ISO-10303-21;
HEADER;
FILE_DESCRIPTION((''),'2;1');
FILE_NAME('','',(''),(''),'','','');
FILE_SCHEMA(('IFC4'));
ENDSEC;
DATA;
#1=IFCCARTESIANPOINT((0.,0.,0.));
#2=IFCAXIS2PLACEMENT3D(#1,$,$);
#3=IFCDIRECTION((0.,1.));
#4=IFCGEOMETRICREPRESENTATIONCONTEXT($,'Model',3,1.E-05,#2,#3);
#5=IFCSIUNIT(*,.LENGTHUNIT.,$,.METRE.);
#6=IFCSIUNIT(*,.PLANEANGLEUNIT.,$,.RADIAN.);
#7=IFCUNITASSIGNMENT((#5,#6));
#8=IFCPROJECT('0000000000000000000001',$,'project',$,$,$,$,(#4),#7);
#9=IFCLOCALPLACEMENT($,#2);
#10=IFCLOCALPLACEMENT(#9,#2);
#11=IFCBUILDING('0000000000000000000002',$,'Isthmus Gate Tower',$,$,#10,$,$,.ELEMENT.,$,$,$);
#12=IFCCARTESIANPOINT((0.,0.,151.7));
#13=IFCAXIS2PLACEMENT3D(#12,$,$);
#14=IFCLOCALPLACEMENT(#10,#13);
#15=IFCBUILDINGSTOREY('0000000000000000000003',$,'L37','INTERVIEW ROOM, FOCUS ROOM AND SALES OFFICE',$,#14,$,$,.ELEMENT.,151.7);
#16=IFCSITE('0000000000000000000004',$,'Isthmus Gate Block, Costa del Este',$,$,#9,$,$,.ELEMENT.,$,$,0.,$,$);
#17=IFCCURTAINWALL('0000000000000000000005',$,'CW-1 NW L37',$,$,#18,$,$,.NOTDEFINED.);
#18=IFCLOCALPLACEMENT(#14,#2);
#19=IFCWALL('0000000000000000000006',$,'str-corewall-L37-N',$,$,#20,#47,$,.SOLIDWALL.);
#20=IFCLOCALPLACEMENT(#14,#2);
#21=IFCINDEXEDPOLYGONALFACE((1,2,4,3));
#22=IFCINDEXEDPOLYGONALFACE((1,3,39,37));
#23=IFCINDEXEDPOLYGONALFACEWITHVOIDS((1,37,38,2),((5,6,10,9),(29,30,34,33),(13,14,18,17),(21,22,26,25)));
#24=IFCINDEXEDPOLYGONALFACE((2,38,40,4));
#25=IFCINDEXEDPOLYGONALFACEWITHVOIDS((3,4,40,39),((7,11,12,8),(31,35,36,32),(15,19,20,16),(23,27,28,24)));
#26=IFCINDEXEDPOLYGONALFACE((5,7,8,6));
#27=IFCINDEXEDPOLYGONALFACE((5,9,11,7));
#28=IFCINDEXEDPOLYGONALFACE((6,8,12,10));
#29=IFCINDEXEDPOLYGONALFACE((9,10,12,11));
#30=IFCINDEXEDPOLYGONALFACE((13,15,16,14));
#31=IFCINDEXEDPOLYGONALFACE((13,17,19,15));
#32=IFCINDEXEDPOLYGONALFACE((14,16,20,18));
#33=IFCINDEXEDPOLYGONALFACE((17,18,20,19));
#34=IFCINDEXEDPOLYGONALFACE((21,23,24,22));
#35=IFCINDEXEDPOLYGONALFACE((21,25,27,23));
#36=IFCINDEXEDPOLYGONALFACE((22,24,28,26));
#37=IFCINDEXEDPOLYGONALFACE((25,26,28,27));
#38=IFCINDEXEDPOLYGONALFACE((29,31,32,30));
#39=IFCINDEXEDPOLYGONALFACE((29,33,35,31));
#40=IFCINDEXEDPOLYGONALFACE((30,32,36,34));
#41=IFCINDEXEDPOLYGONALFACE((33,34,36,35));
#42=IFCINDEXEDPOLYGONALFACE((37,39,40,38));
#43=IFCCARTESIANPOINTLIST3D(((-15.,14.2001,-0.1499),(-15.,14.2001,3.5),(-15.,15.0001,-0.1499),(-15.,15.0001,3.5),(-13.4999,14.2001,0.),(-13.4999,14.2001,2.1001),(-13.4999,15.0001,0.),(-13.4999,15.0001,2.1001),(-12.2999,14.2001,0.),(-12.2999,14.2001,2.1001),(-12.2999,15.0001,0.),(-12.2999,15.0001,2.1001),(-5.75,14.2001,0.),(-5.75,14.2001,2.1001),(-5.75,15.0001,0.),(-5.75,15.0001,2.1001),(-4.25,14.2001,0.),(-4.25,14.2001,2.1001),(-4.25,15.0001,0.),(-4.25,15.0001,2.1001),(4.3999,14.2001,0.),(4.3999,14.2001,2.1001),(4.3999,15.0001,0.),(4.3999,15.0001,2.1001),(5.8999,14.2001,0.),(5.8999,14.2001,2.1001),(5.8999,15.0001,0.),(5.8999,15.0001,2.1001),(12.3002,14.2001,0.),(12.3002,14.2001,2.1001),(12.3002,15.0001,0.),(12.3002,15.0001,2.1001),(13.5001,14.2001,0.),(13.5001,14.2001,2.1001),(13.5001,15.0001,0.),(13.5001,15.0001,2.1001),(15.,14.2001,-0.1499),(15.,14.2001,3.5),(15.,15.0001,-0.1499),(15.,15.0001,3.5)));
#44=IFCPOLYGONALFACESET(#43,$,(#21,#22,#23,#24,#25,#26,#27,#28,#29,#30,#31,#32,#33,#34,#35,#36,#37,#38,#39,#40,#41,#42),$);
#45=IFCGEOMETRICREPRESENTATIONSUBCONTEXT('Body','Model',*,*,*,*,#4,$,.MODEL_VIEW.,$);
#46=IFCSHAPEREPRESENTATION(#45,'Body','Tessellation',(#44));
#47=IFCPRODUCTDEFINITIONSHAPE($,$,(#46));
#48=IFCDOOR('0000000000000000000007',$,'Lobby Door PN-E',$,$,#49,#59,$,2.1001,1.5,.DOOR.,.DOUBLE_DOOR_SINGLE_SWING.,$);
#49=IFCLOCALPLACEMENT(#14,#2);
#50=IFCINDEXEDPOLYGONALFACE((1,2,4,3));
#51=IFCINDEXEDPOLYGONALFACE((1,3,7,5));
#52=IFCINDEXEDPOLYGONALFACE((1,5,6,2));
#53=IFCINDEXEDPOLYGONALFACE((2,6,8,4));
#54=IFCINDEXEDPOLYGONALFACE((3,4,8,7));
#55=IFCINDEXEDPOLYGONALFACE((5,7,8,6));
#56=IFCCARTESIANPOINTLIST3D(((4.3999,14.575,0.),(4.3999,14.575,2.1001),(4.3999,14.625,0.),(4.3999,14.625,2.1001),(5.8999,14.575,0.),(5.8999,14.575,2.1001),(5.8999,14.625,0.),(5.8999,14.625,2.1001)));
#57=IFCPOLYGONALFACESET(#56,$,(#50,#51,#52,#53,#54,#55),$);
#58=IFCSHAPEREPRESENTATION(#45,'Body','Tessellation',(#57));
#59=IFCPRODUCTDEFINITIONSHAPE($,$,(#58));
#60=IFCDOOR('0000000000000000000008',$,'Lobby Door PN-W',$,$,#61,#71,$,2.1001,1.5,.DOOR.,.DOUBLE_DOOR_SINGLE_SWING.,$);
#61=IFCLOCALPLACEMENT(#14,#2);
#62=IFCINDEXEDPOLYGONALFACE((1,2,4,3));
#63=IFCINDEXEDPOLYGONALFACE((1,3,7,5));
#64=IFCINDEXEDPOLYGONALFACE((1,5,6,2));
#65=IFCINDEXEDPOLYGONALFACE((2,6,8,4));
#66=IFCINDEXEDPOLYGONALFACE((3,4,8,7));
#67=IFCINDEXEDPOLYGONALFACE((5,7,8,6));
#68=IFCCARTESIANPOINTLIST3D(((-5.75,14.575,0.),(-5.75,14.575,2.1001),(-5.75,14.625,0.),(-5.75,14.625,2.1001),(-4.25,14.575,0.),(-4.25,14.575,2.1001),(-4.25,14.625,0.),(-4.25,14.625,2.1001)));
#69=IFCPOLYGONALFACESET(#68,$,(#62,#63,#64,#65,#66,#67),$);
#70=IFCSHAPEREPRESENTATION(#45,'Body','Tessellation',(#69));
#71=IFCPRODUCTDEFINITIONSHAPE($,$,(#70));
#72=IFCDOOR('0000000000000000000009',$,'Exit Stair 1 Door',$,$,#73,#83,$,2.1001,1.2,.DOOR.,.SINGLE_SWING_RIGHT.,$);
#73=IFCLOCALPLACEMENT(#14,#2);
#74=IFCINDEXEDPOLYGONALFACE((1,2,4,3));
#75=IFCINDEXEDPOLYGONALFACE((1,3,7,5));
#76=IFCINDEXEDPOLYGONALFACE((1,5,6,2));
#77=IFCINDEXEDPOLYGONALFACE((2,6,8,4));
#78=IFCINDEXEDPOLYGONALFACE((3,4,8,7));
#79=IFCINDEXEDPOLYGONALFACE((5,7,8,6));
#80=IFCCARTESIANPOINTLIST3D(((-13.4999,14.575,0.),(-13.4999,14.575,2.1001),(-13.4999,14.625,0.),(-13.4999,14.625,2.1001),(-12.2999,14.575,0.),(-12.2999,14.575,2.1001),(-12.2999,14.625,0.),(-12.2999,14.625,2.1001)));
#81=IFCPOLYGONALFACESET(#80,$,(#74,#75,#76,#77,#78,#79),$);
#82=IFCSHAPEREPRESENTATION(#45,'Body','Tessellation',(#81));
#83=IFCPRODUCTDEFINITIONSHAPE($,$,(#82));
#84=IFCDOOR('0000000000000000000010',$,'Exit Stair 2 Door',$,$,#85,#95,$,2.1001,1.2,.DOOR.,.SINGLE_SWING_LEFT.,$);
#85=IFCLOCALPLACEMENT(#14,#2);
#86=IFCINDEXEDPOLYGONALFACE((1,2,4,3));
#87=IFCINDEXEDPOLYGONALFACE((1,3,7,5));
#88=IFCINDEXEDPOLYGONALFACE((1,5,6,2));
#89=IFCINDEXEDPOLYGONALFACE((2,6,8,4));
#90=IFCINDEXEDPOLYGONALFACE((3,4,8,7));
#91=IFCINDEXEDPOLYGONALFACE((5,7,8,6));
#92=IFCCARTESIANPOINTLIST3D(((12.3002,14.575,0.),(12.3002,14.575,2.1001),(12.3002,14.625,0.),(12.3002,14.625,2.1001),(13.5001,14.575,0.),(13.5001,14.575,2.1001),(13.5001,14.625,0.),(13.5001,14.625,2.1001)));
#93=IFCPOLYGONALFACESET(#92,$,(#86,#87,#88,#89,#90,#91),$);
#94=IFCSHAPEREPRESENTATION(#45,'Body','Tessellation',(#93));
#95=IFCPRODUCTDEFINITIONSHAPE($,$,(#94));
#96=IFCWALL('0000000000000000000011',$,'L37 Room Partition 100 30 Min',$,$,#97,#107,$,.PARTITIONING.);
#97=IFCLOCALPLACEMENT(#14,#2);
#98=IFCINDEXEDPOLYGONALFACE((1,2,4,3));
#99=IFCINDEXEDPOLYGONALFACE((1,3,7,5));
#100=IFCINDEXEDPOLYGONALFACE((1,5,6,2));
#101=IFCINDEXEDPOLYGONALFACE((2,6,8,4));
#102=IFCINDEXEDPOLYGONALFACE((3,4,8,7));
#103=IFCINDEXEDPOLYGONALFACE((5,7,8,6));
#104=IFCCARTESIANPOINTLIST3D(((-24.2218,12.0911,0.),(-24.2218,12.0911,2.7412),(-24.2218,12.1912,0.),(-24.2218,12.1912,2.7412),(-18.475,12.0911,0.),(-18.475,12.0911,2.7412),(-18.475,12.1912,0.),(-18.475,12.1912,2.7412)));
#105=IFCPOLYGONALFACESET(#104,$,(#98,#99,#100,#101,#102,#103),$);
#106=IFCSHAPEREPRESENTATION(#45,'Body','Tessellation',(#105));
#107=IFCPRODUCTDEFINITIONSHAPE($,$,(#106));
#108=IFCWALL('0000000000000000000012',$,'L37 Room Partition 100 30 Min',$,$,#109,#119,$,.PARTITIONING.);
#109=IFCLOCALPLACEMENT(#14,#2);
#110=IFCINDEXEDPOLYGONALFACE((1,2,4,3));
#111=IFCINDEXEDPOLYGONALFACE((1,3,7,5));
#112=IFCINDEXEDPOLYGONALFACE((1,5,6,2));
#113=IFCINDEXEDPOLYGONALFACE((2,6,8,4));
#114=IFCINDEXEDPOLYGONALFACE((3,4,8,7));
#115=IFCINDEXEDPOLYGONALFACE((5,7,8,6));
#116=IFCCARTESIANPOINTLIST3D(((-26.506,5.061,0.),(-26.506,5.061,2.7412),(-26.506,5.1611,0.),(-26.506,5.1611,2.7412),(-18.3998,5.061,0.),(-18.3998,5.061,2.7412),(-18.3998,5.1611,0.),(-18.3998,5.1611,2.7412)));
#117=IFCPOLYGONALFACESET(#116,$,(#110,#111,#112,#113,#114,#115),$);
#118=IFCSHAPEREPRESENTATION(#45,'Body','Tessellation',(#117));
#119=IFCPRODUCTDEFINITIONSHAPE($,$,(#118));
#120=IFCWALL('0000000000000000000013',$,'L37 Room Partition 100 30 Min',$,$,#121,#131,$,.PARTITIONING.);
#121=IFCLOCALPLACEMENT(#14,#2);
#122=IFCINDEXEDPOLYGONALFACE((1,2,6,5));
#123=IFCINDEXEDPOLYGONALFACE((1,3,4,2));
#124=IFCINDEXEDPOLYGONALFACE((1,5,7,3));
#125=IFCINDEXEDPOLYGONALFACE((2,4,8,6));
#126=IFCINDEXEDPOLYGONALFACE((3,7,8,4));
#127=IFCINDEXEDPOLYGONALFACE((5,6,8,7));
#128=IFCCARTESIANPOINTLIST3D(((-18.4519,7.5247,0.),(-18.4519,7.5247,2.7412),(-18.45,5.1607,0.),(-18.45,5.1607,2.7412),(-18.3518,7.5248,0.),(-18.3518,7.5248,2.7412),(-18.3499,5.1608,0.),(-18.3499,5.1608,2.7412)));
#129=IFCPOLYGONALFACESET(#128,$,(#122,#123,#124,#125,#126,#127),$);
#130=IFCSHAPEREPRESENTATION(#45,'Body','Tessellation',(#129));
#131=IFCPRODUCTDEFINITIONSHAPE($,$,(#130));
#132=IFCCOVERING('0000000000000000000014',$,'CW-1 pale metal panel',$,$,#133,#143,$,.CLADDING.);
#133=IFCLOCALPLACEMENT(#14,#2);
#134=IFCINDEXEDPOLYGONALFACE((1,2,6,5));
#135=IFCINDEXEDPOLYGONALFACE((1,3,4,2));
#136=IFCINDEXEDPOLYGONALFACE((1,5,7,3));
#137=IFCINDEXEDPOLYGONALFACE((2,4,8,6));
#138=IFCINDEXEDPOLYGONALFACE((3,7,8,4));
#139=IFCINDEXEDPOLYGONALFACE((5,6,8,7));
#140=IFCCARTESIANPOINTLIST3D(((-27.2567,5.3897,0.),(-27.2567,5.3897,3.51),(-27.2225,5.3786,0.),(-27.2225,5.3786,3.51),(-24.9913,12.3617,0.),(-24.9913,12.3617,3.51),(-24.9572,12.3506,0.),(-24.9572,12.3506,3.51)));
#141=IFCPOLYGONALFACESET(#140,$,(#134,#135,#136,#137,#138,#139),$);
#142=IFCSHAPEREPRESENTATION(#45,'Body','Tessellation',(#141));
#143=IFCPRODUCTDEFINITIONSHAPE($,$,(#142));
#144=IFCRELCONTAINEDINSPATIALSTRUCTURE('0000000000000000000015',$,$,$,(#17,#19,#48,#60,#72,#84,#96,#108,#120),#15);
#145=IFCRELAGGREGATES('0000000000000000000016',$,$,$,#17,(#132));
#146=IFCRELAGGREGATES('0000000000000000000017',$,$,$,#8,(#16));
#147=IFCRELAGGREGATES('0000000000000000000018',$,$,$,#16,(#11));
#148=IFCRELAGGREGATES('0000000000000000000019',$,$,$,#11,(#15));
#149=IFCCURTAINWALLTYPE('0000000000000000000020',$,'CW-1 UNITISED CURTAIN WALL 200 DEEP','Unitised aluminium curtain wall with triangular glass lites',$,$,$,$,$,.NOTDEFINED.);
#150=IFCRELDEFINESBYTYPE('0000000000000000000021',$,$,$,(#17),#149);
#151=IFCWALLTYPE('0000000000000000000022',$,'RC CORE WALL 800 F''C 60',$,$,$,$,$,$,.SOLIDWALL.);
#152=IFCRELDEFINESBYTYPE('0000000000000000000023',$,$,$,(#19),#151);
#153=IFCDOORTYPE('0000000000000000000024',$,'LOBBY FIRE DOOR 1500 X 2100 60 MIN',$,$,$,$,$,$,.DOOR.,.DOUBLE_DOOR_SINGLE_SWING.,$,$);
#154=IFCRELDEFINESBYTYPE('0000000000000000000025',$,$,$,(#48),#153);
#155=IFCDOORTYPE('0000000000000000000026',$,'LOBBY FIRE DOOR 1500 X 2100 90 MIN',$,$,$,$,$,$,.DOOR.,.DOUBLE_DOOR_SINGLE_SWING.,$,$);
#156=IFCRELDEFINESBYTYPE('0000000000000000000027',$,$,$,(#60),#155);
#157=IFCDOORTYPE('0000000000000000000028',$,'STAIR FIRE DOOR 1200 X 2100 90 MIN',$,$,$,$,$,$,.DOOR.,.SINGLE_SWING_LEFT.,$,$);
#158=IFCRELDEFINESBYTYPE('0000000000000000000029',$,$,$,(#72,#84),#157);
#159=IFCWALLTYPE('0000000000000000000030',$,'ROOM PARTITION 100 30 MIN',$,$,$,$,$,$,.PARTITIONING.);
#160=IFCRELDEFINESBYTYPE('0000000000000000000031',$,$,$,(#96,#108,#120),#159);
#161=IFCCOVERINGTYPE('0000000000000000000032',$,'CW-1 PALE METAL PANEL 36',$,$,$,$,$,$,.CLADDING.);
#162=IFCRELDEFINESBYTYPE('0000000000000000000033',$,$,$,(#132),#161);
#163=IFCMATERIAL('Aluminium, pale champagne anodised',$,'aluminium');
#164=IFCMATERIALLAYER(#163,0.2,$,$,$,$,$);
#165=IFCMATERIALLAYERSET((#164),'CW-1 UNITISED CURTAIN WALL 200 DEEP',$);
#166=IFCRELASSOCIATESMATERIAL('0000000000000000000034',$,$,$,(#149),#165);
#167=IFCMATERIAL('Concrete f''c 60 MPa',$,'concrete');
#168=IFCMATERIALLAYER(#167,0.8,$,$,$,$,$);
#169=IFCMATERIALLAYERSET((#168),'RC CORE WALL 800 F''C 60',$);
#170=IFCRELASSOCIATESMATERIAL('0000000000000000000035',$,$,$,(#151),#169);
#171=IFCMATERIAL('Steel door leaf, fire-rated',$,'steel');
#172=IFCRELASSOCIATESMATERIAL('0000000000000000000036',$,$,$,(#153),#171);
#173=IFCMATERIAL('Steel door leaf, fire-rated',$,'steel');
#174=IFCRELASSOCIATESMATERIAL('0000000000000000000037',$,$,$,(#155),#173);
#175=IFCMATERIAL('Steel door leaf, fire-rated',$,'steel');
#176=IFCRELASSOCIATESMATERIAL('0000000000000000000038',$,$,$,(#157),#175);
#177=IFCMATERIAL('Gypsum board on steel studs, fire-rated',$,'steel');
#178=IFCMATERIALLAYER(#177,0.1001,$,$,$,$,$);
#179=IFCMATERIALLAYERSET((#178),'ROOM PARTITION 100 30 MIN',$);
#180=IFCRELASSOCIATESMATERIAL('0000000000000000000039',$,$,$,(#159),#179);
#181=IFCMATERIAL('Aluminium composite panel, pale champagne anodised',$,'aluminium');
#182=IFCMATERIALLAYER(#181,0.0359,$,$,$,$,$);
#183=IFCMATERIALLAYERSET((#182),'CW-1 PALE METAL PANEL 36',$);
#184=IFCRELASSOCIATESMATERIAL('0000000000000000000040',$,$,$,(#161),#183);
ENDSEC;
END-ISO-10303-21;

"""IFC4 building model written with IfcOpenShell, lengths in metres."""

from ifc_helpers import new_model, si_unit, direction, frame, frame_2d, origin, origin_2d, place, context, subcontext, project, spatial, rectangle, extrude, material, layer, layer_set, type_object, element, fill, aggregate, save


model = new_model("IFC4")

# Units and contexts
model_context = context("Model", 3, precision=1e-05, world=origin(), true_north=direction((0.0, 1.0)))
body_context = subcontext(model_context, "Body", "Model", "MODEL_VIEW")
ifc_project = project(units=[si_unit("LENGTHUNIT", "METRE"), si_unit("PLANEANGLEUNIT", "RADIAN")], contexts=[model_context])

# Site, building, storey
site_placement = place(None, origin())
site = spatial("IfcSite", under=ifc_project, at=site_placement, Name="Isthmus Gate Block, Costa del Este", CompositionType="ELEMENT", RefElevation=0.0)
building_placement = place(site_placement, origin())
building = spatial("IfcBuilding", under=site, at=building_placement, Name="Isthmus Gate Tower", CompositionType="ELEMENT")
storey_placement = place(building_placement, frame((0.0, 0.0, 151.7)))
storey = spatial("IfcBuildingStorey", under=building, at=storey_placement, Name="L37", Description="INTERVIEW ROOM, FOCUS ROOM AND SALES OFFICE", CompositionType="ELEMENT", Elevation=151.7)

# Curtain wall
ifc_material_1 = material(Name="Aluminium, pale champagne anodised", Category="aluminium")
ifc_layer_1 = layer(ifc_material_1, 0.2)
ifc_layer_set_1 = layer_set([ifc_layer_1], Name="CW-1 UNITISED CURTAIN WALL 200 DEEP")
curtain_wall_type = type_object("IfcCurtainWallType", Name="CW-1 UNITISED CURTAIN WALL 200 DEEP", Description="Unitised aluminium curtain wall with triangular glass lites", PredefinedType="NOTDEFINED", material=ifc_layer_set_1)
curtain_wall_placement = place(storey_placement, origin())
curtain_wall = element("IfcCurtainWall", 1, at=curtain_wall_placement, inside=storey, type_object=curtain_wall_type, Name="CW-1 NW L37", PredefinedType="NOTDEFINED")

# Wall, openings, doors
ifc_material_2 = material(Name="Concrete f'c 60 MPa", Category="concrete")
ifc_layer_2 = layer(ifc_material_2, 0.8)
ifc_layer_set_2 = layer_set([ifc_layer_2], Name="RC CORE WALL 800 F'C 60")
wall_type_1 = type_object("IfcWallType", Name="RC CORE WALL 800 F'C 60", PredefinedType="SOLIDWALL", material=ifc_layer_set_2)
wall_1_placement = place(storey_placement, frame((-15.0, 14.6001, -0.1499), z_axis=(0.0, 0.0, 1.0), x_axis=(1.0, 0.0, 0.0)))
wall_1 = element("IfcWall", 2, at=wall_1_placement, inside=storey, type_object=wall_type_1, Name="str-corewall-L37-N", PredefinedType="SOLIDWALL", context=body_context, shape_type="SweptSolid", body=[
    extrude(rectangle(XDim=30.0, YDim=0.8, at=frame_2d((15.0, 0.0))), origin(), (0.0, 0.0, 1.0), 3.6499),
])
opening_1_placement = place(wall_1_placement, frame((9.25, 0.0, 0.1499)))
opening_1 = element("IfcOpeningElement", 3, at=opening_1_placement, cuts=wall_1, PredefinedType="OPENING", context=body_context, shape_type="SweptSolid", body=[
    extrude(rectangle(XDim=1.5, YDim=2.1001, at=frame_2d((0.75, 1.05))), frame((0.0, 0.4099, 0.0), z_axis=(0.0, -1.0, 0.0), x_axis=(1.0, 0.0, 0.0)), (0.0, 0.0, 1.0), 0.8201),
])
opening_2_placement = place(wall_1_placement, frame((19.3999, 0.0, 0.1499)))
opening_2 = element("IfcOpeningElement", 4, at=opening_2_placement, cuts=wall_1, PredefinedType="OPENING", context=body_context, shape_type="SweptSolid", body=[
    extrude(rectangle(XDim=1.5, YDim=2.1001, at=frame_2d((0.75, 1.05))), frame((0.0, 0.4099, 0.0), z_axis=(0.0, -1.0, 0.0), x_axis=(1.0, 0.0, 0.0)), (0.0, 0.0, 1.0), 0.8201),
])
opening_3_placement = place(wall_1_placement, frame((1.5, 0.0, 0.1499)))
opening_3 = element("IfcOpeningElement", 5, at=opening_3_placement, cuts=wall_1, PredefinedType="OPENING", context=body_context, shape_type="SweptSolid", body=[
    extrude(rectangle(XDim=1.2, YDim=2.1001, at=frame_2d((0.6001, 1.05))), frame((0.0, 0.4099, 0.0), z_axis=(0.0, -1.0, 0.0), x_axis=(1.0, 0.0, 0.0)), (0.0, 0.0, 1.0), 0.8201),
])
opening_4_placement = place(wall_1_placement, frame((27.3, 0.0, 0.1499)))
opening_4 = element("IfcOpeningElement", 6, at=opening_4_placement, cuts=wall_1, PredefinedType="OPENING", context=body_context, shape_type="SweptSolid", body=[
    extrude(rectangle(XDim=1.2, YDim=2.1001, at=frame_2d((0.6001, 1.05))), frame((0.0, 0.4099, 0.0), z_axis=(0.0, -1.0, 0.0), x_axis=(1.0, 0.0, 0.0)), (0.0, 0.0, 1.0), 0.8201),
])
ifc_material_3 = material(Name="Steel door leaf, fire-rated", Category="steel")
door_type_1 = type_object("IfcDoorType", Name="LOBBY FIRE DOOR 1500 X 2100 60 MIN", OperationType="DOUBLE_DOOR_SINGLE_SWING", PredefinedType="DOOR", material=ifc_material_3)
door_1_placement = place(opening_2_placement, origin())
door_1 = element("IfcDoor", 7, at=door_1_placement, inside=storey, type_object=door_type_1, Name="Lobby Door PN-E", OperationType="DOUBLE_DOOR_SINGLE_SWING", OverallHeight=2.1001, OverallWidth=1.5, PredefinedType="DOOR", context=body_context, shape_type="SweptSolid", body=[
    extrude(rectangle(XDim=1.5, YDim=2.1001, at=frame_2d((0.75, 1.05))), frame((0.0, 0.0249, 0.0), z_axis=(0.0, -1.0, 0.0), x_axis=(1.0, 0.0, 0.0)), (0.0, 0.0, 1.0), 0.05),
])
fill(opening_2, door_1)
ifc_material_4 = material(Name="Steel door leaf, fire-rated", Category="steel")
door_type_2 = type_object("IfcDoorType", Name="LOBBY FIRE DOOR 1500 X 2100 90 MIN", OperationType="DOUBLE_DOOR_SINGLE_SWING", PredefinedType="DOOR", material=ifc_material_4)
door_2_placement = place(opening_1_placement, origin())
door_2 = element("IfcDoor", 8, at=door_2_placement, inside=storey, type_object=door_type_2, Name="Lobby Door PN-W", OperationType="DOUBLE_DOOR_SINGLE_SWING", OverallHeight=2.1001, OverallWidth=1.5, PredefinedType="DOOR", context=body_context, shape_type="SweptSolid", body=[
    extrude(rectangle(XDim=1.5, YDim=2.1001, at=frame_2d((0.75, 1.05))), frame((0.0, 0.0249, 0.0), z_axis=(0.0, -1.0, 0.0), x_axis=(1.0, 0.0, 0.0)), (0.0, 0.0, 1.0), 0.05),
])
fill(opening_1, door_2)
ifc_material_5 = material(Name="Steel door leaf, fire-rated", Category="steel")
door_type_3 = type_object("IfcDoorType", Name="STAIR FIRE DOOR 1200 X 2100 90 MIN", OperationType="SINGLE_SWING_LEFT", PredefinedType="DOOR", material=ifc_material_5)
door_3_placement = place(opening_3_placement, origin())
door_3 = element("IfcDoor", 9, at=door_3_placement, inside=storey, type_object=door_type_3, Name="Exit Stair 1 Door", OperationType="SINGLE_SWING_RIGHT", OverallHeight=2.1001, OverallWidth=1.2, PredefinedType="DOOR", context=body_context, shape_type="SweptSolid", body=[
    extrude(rectangle(XDim=1.2, YDim=2.1001, at=frame_2d((0.6001, 1.05))), frame((0.0, 0.0249, 0.0), z_axis=(0.0, -1.0, 0.0), x_axis=(1.0, 0.0, 0.0)), (0.0, 0.0, 1.0), 0.05),
])
fill(opening_3, door_3)
door_4_placement = place(opening_4_placement, origin())
door_4 = element("IfcDoor", 10, at=door_4_placement, inside=storey, type_object=door_type_3, Name="Exit Stair 2 Door", OperationType="SINGLE_SWING_LEFT", OverallHeight=2.1001, OverallWidth=1.2, PredefinedType="DOOR", context=body_context, shape_type="SweptSolid", body=[
    extrude(rectangle(XDim=1.2, YDim=2.1001, at=frame_2d((0.6001, 1.05))), frame((0.0, 0.0249, 0.0), z_axis=(0.0, -1.0, 0.0), x_axis=(1.0, 0.0, 0.0)), (0.0, 0.0, 1.0), 0.05),
])
fill(opening_4, door_4)

# Walls
ifc_material_6 = material(Name="Gypsum board on steel studs, fire-rated", Category="steel")
ifc_layer_3 = layer(ifc_material_6, 0.1001)
ifc_layer_set_3 = layer_set([ifc_layer_3], Name="ROOM PARTITION 100 30 MIN")
wall_type_2 = type_object("IfcWallType", Name="ROOM PARTITION 100 30 MIN", PredefinedType="PARTITIONING", material=ifc_layer_set_3)
wall_2_placement = place(storey_placement, frame((-24.2219, 12.1411, 0.0), z_axis=(0.0, 0.0, 1.0), x_axis=(1.0, 0.0, 0.0)))
element("IfcWall", 11, at=wall_2_placement, inside=storey, type_object=wall_type_2, Name="L37 Room Partition 100 30 Min", PredefinedType="PARTITIONING", context=body_context, shape_type="SweptSolid", body=[
    extrude(rectangle(XDim=5.7468, YDim=0.1001, at=frame_2d((2.8735, 0.0))), origin(), (0.0, 0.0, 1.0), 2.7412),
])
wall_3_placement = place(storey_placement, frame((-26.5061, 5.1111, 0.0), z_axis=(0.0, 0.0, 1.0), x_axis=(1.0, 0.0, 0.0)))
element("IfcWall", 12, at=wall_3_placement, inside=storey, type_object=wall_type_2, Name="L37 Room Partition 100 30 Min", PredefinedType="PARTITIONING", context=body_context, shape_type="SweptSolid", body=[
    extrude(rectangle(XDim=8.1062, YDim=0.1001, at=frame_2d((4.0532, 0.0))), origin(), (0.0, 0.0, 1.0), 2.7412),
])
wall_4_placement = place(storey_placement, frame((-18.4019, 7.5249, 0.0), z_axis=(0.0, 0.0, 1.0), x_axis=(0.000826, -1.0, 0.0)))
element("IfcWall", 13, at=wall_4_placement, inside=storey, type_object=wall_type_2, Name="L37 Room Partition 100 30 Min", PredefinedType="PARTITIONING", context=body_context, shape_type="SweptSolid", body=[
    extrude(rectangle(XDim=2.364, YDim=0.1001, at=frame_2d((1.1821, 0.0))), origin(), (0.0, 0.0, 1.0), 2.7412),
])

# Covering
ifc_material_7 = material(Name="Aluminium composite panel, pale champagne anodised", Category="aluminium")
ifc_layer_4 = layer(ifc_material_7, 0.0359)
ifc_layer_set_4 = layer_set([ifc_layer_4], Name="CW-1 PALE METAL PANEL 36")
covering_type = type_object("IfcCoveringType", Name="CW-1 PALE METAL PANEL 36", PredefinedType="CLADDING", material=ifc_layer_set_4)
covering_placement = place(storey_placement, frame((-26.1069, 8.8701, 0.0), z_axis=(0.0, 0.0, 1.0), x_axis=(-0.309017, -0.951057, 0.0)))
covering = element("IfcCovering", 14, at=covering_placement, type_object=covering_type, Name="CW-1 pale metal panel", PredefinedType="CLADDING", context=body_context, shape_type="SweptSolid", body=[
    extrude(rectangle(XDim=7.3308, YDim=0.0359, at=origin_2d()), origin(), (0.0, 0.0, 1.0), 3.51),
])
aggregate(curtain_wall, [covering])

save(model, "model.ifc")
